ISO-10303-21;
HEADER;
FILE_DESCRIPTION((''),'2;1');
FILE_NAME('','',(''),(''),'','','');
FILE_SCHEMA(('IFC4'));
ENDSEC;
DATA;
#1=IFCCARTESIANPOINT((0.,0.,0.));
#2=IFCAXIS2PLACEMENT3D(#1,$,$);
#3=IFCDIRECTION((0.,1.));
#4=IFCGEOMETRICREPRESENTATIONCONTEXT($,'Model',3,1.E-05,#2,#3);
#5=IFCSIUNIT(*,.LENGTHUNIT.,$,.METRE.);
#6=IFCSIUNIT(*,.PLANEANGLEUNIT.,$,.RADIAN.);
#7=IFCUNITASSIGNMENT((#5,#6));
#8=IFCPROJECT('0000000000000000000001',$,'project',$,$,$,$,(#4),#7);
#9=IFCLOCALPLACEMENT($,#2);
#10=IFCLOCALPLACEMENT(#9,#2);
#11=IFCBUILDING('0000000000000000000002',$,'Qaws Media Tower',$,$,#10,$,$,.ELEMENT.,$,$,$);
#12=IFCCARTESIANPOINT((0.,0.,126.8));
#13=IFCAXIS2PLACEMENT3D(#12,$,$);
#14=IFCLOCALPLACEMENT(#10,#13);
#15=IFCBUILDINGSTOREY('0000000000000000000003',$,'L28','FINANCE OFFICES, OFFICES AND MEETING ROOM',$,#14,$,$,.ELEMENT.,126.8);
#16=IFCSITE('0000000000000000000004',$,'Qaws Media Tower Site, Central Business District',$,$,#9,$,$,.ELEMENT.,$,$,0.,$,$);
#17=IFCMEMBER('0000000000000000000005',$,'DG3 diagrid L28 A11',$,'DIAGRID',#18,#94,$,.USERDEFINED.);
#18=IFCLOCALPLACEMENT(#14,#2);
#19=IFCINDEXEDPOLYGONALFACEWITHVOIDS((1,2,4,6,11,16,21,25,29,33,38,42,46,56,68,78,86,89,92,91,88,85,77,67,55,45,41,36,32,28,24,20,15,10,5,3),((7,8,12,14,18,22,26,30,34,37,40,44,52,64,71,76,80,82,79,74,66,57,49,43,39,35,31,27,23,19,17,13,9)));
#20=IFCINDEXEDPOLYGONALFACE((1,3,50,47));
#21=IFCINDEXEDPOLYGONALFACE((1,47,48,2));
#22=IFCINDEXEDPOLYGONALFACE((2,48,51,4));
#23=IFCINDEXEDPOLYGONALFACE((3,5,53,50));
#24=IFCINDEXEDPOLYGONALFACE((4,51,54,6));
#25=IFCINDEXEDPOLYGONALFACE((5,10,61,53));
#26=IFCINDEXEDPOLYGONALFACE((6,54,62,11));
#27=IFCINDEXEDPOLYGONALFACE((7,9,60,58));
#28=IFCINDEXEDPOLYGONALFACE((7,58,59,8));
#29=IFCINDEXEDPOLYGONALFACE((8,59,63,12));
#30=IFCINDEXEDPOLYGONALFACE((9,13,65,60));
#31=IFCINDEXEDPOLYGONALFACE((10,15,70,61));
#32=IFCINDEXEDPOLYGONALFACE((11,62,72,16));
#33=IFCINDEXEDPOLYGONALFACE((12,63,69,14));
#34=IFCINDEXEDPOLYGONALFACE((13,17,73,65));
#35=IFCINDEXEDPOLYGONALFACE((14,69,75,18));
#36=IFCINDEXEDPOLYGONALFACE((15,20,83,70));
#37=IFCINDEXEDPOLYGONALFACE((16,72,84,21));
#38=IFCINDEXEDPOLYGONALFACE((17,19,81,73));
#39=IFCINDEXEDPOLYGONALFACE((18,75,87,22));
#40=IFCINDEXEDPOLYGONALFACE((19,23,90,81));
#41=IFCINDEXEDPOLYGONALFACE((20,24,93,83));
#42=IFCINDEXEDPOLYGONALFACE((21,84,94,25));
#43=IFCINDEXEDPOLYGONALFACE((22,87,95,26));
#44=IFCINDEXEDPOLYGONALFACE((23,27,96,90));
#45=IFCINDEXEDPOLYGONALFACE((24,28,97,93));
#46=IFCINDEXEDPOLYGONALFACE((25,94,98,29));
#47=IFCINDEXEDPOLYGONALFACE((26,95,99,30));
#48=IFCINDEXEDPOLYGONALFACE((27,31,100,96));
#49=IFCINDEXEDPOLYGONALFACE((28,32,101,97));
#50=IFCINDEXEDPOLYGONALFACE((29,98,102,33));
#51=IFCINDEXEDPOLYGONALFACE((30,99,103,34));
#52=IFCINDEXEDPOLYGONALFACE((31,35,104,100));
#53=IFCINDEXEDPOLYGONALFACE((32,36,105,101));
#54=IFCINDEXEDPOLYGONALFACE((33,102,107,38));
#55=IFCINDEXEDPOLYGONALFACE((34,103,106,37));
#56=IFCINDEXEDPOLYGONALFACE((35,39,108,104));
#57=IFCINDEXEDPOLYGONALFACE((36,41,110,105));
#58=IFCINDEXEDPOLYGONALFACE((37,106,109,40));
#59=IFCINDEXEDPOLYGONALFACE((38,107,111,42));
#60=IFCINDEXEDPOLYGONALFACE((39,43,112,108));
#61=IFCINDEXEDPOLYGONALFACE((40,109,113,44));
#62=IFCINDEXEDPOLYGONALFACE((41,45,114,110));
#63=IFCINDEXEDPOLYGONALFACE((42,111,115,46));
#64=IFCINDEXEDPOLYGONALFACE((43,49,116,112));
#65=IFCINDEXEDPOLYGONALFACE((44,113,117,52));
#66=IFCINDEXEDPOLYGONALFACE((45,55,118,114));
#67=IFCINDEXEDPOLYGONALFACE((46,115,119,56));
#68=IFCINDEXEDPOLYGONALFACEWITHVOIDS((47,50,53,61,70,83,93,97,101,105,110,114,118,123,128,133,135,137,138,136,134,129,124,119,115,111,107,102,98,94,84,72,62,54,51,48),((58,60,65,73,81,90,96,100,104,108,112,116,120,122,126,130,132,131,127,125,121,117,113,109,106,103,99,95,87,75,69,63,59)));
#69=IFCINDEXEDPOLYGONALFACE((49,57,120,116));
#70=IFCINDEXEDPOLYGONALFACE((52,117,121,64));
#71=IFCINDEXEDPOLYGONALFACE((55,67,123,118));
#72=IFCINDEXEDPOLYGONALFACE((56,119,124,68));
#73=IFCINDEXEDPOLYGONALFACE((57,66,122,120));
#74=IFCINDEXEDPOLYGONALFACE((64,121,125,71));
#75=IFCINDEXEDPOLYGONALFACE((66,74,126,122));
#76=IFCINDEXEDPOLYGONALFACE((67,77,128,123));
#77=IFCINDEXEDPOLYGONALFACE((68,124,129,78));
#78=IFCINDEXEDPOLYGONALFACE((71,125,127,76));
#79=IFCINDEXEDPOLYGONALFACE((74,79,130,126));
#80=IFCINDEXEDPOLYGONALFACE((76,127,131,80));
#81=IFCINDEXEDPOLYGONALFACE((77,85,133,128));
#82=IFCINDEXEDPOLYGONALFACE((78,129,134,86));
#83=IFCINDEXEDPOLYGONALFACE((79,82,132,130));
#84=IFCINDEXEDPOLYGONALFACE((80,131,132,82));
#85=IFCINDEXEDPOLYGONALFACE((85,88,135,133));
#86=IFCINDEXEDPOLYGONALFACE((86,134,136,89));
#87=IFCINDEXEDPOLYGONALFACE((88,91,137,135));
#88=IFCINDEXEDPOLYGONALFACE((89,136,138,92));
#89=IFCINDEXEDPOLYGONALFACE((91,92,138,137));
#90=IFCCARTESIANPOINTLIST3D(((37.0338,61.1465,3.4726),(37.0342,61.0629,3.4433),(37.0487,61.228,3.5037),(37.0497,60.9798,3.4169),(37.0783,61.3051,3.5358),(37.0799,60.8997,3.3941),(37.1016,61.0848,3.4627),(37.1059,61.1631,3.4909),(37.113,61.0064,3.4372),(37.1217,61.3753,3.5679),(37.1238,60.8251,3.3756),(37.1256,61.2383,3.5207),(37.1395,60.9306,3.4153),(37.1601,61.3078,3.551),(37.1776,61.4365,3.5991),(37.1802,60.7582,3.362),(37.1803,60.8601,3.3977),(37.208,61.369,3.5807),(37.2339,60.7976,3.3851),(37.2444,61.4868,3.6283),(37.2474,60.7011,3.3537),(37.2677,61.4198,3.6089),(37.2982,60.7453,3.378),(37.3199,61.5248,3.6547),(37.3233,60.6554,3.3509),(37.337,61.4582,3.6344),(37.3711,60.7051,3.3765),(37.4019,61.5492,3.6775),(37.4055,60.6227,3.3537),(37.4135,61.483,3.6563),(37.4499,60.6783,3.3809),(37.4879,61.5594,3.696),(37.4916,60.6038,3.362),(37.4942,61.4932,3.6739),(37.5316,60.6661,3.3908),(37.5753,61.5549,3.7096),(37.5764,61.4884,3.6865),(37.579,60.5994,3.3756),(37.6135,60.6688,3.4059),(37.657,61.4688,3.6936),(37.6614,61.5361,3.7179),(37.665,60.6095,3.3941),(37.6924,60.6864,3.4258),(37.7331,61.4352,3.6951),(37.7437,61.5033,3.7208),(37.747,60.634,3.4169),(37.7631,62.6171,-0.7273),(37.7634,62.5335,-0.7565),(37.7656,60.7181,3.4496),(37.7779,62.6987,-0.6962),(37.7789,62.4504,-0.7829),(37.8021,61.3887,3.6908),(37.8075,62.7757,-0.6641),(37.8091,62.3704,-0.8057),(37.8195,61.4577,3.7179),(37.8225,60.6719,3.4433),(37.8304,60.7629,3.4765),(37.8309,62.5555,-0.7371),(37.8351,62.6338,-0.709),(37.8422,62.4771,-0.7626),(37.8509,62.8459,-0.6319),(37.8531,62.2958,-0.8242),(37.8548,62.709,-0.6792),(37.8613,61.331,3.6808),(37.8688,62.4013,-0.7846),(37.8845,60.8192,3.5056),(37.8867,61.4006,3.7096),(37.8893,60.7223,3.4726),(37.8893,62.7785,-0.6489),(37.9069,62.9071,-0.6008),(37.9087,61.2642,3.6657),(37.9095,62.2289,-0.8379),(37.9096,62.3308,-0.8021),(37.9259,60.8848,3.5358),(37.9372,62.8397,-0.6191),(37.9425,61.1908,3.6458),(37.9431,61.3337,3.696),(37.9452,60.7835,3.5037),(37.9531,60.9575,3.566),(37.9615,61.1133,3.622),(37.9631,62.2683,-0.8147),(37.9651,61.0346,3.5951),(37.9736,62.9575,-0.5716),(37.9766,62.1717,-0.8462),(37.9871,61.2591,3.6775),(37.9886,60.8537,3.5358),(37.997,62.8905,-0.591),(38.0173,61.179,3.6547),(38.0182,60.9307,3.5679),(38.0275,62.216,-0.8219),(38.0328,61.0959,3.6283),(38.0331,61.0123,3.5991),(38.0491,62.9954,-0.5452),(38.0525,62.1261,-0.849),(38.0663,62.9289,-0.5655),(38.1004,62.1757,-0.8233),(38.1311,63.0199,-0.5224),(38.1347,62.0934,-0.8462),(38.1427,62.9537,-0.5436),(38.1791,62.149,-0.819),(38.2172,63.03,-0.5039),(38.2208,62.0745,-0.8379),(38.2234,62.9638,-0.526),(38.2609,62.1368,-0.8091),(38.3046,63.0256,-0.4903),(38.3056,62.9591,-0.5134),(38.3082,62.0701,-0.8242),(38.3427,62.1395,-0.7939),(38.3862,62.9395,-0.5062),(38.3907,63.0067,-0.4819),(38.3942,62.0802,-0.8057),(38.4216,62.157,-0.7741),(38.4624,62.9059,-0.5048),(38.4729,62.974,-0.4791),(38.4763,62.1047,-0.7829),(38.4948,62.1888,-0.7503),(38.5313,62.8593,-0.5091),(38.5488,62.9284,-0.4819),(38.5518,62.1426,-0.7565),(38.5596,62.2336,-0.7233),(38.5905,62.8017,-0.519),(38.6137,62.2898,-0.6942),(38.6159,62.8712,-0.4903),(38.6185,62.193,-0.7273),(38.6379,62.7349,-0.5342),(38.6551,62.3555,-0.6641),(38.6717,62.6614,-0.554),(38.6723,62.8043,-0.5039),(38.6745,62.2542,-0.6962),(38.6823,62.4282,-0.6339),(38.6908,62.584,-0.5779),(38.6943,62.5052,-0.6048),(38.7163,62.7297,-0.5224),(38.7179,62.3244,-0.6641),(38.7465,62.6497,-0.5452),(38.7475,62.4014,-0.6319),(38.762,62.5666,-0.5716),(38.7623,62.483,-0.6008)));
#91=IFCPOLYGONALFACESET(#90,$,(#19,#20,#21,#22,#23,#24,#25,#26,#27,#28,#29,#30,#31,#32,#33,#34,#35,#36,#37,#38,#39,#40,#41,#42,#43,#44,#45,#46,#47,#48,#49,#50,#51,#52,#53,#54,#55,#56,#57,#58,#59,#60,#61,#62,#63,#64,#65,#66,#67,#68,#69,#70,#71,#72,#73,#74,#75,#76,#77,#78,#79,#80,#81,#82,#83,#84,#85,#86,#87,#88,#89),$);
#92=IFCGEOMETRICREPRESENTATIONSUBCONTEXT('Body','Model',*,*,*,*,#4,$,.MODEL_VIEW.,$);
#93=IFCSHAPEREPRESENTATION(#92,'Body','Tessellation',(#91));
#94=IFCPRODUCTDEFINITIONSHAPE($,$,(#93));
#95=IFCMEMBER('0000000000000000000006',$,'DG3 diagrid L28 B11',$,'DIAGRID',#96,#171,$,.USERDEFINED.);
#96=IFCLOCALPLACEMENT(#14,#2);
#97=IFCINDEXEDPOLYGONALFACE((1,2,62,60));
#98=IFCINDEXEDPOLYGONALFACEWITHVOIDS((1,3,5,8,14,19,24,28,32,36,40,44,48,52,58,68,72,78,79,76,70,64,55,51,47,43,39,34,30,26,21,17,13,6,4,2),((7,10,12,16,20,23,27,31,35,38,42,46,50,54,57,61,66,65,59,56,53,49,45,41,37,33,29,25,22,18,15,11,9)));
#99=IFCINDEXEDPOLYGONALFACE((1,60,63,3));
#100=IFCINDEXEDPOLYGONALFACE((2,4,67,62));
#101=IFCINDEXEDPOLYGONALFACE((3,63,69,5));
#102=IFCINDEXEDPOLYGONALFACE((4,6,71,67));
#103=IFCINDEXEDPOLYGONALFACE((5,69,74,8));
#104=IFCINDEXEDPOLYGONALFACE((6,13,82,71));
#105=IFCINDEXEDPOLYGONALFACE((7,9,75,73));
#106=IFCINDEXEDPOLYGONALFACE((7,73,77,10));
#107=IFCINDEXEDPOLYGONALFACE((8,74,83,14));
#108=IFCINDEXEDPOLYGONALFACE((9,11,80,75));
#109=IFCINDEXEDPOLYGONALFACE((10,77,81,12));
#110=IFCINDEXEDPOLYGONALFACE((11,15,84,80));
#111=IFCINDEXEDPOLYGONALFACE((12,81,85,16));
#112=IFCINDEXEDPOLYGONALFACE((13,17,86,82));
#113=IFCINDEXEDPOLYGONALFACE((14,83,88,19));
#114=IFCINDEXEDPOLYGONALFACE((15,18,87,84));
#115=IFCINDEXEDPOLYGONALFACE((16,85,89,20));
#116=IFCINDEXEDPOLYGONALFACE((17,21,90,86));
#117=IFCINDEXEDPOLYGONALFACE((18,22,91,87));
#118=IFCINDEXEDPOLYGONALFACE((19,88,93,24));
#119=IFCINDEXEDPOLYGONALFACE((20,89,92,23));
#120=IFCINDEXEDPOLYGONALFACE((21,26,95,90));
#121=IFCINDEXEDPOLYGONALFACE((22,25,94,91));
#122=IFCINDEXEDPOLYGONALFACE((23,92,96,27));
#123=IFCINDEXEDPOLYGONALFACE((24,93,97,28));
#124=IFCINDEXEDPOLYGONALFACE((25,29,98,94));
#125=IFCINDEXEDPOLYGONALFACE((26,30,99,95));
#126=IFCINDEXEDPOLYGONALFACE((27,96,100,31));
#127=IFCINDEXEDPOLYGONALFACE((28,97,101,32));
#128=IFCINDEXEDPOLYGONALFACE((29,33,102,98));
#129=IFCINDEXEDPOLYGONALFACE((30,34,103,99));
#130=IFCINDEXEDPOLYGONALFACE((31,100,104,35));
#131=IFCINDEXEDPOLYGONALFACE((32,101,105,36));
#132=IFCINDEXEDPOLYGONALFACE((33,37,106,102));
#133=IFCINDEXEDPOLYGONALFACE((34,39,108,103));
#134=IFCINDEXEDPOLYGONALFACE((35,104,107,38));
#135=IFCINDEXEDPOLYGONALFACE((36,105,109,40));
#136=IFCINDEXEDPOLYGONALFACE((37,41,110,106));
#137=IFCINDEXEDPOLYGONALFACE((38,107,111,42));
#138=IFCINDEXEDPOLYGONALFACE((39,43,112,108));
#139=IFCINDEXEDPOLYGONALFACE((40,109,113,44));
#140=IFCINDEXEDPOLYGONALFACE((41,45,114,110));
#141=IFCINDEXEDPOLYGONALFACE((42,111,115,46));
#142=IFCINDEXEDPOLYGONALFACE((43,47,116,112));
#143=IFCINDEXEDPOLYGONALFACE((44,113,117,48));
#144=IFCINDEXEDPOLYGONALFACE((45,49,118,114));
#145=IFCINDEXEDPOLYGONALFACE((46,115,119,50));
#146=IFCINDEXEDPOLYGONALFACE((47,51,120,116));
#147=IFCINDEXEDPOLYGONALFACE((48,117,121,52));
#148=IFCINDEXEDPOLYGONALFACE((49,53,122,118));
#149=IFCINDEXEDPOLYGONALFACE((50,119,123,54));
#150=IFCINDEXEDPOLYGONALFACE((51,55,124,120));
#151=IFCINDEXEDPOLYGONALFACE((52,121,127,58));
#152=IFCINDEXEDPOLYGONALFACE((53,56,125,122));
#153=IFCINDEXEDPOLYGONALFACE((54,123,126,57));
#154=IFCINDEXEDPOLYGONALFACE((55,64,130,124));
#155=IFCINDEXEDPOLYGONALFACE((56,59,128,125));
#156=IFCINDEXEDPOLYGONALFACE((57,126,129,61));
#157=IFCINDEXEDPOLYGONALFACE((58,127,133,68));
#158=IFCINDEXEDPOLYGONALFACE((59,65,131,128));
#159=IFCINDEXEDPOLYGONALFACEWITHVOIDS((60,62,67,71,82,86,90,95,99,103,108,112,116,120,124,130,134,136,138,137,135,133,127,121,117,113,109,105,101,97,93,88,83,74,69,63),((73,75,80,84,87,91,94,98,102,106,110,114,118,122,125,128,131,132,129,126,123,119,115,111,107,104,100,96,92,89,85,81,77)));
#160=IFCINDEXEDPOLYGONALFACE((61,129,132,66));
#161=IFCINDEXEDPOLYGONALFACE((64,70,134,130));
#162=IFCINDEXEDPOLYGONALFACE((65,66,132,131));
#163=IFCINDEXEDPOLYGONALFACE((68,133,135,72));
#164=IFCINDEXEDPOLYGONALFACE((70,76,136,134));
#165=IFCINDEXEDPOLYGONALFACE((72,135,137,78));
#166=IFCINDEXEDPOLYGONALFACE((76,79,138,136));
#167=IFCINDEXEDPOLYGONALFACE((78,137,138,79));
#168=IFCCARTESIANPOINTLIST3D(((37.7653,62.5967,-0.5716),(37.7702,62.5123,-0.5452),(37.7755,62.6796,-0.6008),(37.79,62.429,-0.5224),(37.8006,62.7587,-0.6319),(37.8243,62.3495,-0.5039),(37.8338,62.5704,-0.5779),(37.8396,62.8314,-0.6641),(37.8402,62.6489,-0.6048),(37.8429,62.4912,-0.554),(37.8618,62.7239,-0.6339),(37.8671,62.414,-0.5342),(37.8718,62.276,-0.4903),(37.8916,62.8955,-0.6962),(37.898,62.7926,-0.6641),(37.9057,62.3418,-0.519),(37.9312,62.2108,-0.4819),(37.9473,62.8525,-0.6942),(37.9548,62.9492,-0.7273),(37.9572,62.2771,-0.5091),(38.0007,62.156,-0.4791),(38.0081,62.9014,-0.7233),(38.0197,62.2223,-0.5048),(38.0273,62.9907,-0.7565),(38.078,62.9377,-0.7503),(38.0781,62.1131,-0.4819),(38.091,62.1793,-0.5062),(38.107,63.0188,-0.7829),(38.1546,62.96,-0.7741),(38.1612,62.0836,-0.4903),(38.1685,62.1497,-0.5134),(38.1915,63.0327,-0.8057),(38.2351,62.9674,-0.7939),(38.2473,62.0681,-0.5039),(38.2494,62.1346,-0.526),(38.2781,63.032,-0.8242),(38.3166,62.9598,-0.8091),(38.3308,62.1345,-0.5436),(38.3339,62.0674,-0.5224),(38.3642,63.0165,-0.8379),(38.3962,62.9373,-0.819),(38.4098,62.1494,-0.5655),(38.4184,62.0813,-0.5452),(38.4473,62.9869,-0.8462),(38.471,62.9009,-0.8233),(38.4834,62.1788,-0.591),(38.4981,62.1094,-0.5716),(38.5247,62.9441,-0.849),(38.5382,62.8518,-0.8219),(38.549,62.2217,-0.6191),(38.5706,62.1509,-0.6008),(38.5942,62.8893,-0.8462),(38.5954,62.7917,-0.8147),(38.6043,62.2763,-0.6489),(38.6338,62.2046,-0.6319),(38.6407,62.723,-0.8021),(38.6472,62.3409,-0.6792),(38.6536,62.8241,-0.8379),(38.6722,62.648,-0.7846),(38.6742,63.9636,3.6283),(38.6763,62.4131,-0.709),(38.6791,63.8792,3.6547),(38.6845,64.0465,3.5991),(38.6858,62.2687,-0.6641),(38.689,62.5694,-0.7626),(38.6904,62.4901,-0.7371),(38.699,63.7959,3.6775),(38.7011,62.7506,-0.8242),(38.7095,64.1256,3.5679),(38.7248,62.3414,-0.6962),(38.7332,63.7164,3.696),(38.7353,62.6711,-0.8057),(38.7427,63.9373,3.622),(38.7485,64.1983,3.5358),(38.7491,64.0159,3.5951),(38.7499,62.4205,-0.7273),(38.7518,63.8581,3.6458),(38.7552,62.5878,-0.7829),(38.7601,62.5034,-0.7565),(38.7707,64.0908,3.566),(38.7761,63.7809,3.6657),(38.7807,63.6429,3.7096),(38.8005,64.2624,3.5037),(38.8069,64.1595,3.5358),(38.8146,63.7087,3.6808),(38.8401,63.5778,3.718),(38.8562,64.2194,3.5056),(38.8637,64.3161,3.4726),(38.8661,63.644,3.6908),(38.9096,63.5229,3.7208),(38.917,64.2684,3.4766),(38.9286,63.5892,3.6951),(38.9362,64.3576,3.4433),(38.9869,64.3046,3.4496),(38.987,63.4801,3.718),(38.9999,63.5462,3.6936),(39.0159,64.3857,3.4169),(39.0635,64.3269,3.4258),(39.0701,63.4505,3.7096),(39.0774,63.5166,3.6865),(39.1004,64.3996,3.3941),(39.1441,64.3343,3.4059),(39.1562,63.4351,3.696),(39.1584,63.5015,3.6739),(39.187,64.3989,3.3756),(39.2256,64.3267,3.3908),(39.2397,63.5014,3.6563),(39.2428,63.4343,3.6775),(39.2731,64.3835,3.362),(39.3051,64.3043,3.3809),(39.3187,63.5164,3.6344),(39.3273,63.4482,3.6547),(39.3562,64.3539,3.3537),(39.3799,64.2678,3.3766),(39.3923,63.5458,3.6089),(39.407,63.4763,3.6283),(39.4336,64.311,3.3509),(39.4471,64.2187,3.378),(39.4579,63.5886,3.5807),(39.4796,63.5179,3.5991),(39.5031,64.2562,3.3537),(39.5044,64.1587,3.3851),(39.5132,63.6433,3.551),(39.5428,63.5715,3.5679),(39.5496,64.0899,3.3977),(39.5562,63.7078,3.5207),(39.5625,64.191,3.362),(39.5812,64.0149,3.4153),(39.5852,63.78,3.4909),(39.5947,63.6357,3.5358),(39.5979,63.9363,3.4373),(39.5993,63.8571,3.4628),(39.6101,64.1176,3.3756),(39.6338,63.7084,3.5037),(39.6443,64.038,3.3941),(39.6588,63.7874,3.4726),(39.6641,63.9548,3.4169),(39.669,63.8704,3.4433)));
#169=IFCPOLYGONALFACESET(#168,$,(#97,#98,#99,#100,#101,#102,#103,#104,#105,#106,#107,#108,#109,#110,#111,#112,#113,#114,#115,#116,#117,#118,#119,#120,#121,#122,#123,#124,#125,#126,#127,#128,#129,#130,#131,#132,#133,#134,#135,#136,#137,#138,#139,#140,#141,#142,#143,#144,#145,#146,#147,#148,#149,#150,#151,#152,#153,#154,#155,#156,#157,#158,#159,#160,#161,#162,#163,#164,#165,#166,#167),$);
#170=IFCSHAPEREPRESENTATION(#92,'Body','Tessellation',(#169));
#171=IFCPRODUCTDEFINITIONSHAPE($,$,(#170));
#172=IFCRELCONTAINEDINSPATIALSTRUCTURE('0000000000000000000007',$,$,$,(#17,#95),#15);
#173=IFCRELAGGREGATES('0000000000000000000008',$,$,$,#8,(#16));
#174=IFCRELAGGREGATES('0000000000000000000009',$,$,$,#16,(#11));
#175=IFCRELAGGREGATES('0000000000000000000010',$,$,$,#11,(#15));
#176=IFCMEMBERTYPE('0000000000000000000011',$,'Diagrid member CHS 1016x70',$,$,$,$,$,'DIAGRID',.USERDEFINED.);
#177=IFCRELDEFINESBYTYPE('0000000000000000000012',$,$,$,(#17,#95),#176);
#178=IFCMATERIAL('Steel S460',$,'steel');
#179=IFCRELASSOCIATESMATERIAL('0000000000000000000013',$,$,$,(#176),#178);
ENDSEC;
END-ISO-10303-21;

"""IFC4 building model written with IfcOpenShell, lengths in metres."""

from ifc_helpers import new_model, si_unit, direction, frame, origin, origin_2d, place, context, subcontext, project, spatial, hollow_circle, extrude, material, material_profile, profile_set, type_object, element, save


model = new_model("IFC4")

# Units and contexts
model_context = context("Model", 3, precision=1e-05, world=origin(), true_north=direction((0.0, 1.0)))
body_context = subcontext(model_context, "Body", "Model", "MODEL_VIEW")
ifc_project = project(units=[si_unit("LENGTHUNIT", "METRE"), si_unit("PLANEANGLEUNIT", "RADIAN")], contexts=[model_context])

# Site, building, storey
site_placement = place(None, origin())
site = spatial("IfcSite", under=ifc_project, at=site_placement, Name="Qaws Media Tower Site, Central Business District", CompositionType="ELEMENT", RefElevation=0.0)
building_placement = place(site_placement, origin())
building = spatial("IfcBuilding", under=site, at=building_placement, Name="Qaws Media Tower", CompositionType="ELEMENT")
storey_placement = place(building_placement, frame((0.0, 0.0, 126.8)))
storey = spatial("IfcBuildingStorey", under=building, at=storey_placement, Name="L28", Description="FINANCE OFFICES, OFFICES AND MEETING ROOM", CompositionType="ELEMENT", Elevation=126.8)

# Members
ifc_material_1 = material(Name="Steel S460", Category="steel")
ifc_material_profile_1 = material_profile(ifc_material_1, hollow_circle(Radius=0.5081, WallThickness=0.0701, at=origin_2d()), Name="CHS 1016x70")
ifc_profile_set_1 = profile_set([ifc_material_profile_1], Name="Steel S460")
member_type_1 = type_object("IfcMemberType", Name="Diagrid member CHS 1016x70", ElementType="DIAGRID", PredefinedType="USERDEFINED", material=ifc_profile_set_1)
for number, where, z_axis, x_axis, name in (
    (1, (38.2627, 62.55, -0.6641), (-0.161719, -0.326144, 0.931384), (0.895909, -0.444237, 0.0), "DG3 diagrid L28 A11"),
    (2, (38.2627, 62.55, -0.6641), (0.201567, 0.303135, 0.931386), (-0.832713, 0.553704, 0.0), "DG3 diagrid L28 B11"),
):
    element("IfcMember", number, at=place(storey_placement, frame(where, z_axis=z_axis, x_axis=x_axis)), inside=storey, type_object=member_type_1, Name=name, ObjectType="DIAGRID", PredefinedType="USERDEFINED", context=body_context, shape_type="SweptSolid", body=[
        extrude(hollow_circle(Radius=0.5081, WallThickness=0.0701, at=origin_2d()), origin(), (0.0, 0.0, 1.0), 4.5093),
    ])

save(model, "model.ifc")
